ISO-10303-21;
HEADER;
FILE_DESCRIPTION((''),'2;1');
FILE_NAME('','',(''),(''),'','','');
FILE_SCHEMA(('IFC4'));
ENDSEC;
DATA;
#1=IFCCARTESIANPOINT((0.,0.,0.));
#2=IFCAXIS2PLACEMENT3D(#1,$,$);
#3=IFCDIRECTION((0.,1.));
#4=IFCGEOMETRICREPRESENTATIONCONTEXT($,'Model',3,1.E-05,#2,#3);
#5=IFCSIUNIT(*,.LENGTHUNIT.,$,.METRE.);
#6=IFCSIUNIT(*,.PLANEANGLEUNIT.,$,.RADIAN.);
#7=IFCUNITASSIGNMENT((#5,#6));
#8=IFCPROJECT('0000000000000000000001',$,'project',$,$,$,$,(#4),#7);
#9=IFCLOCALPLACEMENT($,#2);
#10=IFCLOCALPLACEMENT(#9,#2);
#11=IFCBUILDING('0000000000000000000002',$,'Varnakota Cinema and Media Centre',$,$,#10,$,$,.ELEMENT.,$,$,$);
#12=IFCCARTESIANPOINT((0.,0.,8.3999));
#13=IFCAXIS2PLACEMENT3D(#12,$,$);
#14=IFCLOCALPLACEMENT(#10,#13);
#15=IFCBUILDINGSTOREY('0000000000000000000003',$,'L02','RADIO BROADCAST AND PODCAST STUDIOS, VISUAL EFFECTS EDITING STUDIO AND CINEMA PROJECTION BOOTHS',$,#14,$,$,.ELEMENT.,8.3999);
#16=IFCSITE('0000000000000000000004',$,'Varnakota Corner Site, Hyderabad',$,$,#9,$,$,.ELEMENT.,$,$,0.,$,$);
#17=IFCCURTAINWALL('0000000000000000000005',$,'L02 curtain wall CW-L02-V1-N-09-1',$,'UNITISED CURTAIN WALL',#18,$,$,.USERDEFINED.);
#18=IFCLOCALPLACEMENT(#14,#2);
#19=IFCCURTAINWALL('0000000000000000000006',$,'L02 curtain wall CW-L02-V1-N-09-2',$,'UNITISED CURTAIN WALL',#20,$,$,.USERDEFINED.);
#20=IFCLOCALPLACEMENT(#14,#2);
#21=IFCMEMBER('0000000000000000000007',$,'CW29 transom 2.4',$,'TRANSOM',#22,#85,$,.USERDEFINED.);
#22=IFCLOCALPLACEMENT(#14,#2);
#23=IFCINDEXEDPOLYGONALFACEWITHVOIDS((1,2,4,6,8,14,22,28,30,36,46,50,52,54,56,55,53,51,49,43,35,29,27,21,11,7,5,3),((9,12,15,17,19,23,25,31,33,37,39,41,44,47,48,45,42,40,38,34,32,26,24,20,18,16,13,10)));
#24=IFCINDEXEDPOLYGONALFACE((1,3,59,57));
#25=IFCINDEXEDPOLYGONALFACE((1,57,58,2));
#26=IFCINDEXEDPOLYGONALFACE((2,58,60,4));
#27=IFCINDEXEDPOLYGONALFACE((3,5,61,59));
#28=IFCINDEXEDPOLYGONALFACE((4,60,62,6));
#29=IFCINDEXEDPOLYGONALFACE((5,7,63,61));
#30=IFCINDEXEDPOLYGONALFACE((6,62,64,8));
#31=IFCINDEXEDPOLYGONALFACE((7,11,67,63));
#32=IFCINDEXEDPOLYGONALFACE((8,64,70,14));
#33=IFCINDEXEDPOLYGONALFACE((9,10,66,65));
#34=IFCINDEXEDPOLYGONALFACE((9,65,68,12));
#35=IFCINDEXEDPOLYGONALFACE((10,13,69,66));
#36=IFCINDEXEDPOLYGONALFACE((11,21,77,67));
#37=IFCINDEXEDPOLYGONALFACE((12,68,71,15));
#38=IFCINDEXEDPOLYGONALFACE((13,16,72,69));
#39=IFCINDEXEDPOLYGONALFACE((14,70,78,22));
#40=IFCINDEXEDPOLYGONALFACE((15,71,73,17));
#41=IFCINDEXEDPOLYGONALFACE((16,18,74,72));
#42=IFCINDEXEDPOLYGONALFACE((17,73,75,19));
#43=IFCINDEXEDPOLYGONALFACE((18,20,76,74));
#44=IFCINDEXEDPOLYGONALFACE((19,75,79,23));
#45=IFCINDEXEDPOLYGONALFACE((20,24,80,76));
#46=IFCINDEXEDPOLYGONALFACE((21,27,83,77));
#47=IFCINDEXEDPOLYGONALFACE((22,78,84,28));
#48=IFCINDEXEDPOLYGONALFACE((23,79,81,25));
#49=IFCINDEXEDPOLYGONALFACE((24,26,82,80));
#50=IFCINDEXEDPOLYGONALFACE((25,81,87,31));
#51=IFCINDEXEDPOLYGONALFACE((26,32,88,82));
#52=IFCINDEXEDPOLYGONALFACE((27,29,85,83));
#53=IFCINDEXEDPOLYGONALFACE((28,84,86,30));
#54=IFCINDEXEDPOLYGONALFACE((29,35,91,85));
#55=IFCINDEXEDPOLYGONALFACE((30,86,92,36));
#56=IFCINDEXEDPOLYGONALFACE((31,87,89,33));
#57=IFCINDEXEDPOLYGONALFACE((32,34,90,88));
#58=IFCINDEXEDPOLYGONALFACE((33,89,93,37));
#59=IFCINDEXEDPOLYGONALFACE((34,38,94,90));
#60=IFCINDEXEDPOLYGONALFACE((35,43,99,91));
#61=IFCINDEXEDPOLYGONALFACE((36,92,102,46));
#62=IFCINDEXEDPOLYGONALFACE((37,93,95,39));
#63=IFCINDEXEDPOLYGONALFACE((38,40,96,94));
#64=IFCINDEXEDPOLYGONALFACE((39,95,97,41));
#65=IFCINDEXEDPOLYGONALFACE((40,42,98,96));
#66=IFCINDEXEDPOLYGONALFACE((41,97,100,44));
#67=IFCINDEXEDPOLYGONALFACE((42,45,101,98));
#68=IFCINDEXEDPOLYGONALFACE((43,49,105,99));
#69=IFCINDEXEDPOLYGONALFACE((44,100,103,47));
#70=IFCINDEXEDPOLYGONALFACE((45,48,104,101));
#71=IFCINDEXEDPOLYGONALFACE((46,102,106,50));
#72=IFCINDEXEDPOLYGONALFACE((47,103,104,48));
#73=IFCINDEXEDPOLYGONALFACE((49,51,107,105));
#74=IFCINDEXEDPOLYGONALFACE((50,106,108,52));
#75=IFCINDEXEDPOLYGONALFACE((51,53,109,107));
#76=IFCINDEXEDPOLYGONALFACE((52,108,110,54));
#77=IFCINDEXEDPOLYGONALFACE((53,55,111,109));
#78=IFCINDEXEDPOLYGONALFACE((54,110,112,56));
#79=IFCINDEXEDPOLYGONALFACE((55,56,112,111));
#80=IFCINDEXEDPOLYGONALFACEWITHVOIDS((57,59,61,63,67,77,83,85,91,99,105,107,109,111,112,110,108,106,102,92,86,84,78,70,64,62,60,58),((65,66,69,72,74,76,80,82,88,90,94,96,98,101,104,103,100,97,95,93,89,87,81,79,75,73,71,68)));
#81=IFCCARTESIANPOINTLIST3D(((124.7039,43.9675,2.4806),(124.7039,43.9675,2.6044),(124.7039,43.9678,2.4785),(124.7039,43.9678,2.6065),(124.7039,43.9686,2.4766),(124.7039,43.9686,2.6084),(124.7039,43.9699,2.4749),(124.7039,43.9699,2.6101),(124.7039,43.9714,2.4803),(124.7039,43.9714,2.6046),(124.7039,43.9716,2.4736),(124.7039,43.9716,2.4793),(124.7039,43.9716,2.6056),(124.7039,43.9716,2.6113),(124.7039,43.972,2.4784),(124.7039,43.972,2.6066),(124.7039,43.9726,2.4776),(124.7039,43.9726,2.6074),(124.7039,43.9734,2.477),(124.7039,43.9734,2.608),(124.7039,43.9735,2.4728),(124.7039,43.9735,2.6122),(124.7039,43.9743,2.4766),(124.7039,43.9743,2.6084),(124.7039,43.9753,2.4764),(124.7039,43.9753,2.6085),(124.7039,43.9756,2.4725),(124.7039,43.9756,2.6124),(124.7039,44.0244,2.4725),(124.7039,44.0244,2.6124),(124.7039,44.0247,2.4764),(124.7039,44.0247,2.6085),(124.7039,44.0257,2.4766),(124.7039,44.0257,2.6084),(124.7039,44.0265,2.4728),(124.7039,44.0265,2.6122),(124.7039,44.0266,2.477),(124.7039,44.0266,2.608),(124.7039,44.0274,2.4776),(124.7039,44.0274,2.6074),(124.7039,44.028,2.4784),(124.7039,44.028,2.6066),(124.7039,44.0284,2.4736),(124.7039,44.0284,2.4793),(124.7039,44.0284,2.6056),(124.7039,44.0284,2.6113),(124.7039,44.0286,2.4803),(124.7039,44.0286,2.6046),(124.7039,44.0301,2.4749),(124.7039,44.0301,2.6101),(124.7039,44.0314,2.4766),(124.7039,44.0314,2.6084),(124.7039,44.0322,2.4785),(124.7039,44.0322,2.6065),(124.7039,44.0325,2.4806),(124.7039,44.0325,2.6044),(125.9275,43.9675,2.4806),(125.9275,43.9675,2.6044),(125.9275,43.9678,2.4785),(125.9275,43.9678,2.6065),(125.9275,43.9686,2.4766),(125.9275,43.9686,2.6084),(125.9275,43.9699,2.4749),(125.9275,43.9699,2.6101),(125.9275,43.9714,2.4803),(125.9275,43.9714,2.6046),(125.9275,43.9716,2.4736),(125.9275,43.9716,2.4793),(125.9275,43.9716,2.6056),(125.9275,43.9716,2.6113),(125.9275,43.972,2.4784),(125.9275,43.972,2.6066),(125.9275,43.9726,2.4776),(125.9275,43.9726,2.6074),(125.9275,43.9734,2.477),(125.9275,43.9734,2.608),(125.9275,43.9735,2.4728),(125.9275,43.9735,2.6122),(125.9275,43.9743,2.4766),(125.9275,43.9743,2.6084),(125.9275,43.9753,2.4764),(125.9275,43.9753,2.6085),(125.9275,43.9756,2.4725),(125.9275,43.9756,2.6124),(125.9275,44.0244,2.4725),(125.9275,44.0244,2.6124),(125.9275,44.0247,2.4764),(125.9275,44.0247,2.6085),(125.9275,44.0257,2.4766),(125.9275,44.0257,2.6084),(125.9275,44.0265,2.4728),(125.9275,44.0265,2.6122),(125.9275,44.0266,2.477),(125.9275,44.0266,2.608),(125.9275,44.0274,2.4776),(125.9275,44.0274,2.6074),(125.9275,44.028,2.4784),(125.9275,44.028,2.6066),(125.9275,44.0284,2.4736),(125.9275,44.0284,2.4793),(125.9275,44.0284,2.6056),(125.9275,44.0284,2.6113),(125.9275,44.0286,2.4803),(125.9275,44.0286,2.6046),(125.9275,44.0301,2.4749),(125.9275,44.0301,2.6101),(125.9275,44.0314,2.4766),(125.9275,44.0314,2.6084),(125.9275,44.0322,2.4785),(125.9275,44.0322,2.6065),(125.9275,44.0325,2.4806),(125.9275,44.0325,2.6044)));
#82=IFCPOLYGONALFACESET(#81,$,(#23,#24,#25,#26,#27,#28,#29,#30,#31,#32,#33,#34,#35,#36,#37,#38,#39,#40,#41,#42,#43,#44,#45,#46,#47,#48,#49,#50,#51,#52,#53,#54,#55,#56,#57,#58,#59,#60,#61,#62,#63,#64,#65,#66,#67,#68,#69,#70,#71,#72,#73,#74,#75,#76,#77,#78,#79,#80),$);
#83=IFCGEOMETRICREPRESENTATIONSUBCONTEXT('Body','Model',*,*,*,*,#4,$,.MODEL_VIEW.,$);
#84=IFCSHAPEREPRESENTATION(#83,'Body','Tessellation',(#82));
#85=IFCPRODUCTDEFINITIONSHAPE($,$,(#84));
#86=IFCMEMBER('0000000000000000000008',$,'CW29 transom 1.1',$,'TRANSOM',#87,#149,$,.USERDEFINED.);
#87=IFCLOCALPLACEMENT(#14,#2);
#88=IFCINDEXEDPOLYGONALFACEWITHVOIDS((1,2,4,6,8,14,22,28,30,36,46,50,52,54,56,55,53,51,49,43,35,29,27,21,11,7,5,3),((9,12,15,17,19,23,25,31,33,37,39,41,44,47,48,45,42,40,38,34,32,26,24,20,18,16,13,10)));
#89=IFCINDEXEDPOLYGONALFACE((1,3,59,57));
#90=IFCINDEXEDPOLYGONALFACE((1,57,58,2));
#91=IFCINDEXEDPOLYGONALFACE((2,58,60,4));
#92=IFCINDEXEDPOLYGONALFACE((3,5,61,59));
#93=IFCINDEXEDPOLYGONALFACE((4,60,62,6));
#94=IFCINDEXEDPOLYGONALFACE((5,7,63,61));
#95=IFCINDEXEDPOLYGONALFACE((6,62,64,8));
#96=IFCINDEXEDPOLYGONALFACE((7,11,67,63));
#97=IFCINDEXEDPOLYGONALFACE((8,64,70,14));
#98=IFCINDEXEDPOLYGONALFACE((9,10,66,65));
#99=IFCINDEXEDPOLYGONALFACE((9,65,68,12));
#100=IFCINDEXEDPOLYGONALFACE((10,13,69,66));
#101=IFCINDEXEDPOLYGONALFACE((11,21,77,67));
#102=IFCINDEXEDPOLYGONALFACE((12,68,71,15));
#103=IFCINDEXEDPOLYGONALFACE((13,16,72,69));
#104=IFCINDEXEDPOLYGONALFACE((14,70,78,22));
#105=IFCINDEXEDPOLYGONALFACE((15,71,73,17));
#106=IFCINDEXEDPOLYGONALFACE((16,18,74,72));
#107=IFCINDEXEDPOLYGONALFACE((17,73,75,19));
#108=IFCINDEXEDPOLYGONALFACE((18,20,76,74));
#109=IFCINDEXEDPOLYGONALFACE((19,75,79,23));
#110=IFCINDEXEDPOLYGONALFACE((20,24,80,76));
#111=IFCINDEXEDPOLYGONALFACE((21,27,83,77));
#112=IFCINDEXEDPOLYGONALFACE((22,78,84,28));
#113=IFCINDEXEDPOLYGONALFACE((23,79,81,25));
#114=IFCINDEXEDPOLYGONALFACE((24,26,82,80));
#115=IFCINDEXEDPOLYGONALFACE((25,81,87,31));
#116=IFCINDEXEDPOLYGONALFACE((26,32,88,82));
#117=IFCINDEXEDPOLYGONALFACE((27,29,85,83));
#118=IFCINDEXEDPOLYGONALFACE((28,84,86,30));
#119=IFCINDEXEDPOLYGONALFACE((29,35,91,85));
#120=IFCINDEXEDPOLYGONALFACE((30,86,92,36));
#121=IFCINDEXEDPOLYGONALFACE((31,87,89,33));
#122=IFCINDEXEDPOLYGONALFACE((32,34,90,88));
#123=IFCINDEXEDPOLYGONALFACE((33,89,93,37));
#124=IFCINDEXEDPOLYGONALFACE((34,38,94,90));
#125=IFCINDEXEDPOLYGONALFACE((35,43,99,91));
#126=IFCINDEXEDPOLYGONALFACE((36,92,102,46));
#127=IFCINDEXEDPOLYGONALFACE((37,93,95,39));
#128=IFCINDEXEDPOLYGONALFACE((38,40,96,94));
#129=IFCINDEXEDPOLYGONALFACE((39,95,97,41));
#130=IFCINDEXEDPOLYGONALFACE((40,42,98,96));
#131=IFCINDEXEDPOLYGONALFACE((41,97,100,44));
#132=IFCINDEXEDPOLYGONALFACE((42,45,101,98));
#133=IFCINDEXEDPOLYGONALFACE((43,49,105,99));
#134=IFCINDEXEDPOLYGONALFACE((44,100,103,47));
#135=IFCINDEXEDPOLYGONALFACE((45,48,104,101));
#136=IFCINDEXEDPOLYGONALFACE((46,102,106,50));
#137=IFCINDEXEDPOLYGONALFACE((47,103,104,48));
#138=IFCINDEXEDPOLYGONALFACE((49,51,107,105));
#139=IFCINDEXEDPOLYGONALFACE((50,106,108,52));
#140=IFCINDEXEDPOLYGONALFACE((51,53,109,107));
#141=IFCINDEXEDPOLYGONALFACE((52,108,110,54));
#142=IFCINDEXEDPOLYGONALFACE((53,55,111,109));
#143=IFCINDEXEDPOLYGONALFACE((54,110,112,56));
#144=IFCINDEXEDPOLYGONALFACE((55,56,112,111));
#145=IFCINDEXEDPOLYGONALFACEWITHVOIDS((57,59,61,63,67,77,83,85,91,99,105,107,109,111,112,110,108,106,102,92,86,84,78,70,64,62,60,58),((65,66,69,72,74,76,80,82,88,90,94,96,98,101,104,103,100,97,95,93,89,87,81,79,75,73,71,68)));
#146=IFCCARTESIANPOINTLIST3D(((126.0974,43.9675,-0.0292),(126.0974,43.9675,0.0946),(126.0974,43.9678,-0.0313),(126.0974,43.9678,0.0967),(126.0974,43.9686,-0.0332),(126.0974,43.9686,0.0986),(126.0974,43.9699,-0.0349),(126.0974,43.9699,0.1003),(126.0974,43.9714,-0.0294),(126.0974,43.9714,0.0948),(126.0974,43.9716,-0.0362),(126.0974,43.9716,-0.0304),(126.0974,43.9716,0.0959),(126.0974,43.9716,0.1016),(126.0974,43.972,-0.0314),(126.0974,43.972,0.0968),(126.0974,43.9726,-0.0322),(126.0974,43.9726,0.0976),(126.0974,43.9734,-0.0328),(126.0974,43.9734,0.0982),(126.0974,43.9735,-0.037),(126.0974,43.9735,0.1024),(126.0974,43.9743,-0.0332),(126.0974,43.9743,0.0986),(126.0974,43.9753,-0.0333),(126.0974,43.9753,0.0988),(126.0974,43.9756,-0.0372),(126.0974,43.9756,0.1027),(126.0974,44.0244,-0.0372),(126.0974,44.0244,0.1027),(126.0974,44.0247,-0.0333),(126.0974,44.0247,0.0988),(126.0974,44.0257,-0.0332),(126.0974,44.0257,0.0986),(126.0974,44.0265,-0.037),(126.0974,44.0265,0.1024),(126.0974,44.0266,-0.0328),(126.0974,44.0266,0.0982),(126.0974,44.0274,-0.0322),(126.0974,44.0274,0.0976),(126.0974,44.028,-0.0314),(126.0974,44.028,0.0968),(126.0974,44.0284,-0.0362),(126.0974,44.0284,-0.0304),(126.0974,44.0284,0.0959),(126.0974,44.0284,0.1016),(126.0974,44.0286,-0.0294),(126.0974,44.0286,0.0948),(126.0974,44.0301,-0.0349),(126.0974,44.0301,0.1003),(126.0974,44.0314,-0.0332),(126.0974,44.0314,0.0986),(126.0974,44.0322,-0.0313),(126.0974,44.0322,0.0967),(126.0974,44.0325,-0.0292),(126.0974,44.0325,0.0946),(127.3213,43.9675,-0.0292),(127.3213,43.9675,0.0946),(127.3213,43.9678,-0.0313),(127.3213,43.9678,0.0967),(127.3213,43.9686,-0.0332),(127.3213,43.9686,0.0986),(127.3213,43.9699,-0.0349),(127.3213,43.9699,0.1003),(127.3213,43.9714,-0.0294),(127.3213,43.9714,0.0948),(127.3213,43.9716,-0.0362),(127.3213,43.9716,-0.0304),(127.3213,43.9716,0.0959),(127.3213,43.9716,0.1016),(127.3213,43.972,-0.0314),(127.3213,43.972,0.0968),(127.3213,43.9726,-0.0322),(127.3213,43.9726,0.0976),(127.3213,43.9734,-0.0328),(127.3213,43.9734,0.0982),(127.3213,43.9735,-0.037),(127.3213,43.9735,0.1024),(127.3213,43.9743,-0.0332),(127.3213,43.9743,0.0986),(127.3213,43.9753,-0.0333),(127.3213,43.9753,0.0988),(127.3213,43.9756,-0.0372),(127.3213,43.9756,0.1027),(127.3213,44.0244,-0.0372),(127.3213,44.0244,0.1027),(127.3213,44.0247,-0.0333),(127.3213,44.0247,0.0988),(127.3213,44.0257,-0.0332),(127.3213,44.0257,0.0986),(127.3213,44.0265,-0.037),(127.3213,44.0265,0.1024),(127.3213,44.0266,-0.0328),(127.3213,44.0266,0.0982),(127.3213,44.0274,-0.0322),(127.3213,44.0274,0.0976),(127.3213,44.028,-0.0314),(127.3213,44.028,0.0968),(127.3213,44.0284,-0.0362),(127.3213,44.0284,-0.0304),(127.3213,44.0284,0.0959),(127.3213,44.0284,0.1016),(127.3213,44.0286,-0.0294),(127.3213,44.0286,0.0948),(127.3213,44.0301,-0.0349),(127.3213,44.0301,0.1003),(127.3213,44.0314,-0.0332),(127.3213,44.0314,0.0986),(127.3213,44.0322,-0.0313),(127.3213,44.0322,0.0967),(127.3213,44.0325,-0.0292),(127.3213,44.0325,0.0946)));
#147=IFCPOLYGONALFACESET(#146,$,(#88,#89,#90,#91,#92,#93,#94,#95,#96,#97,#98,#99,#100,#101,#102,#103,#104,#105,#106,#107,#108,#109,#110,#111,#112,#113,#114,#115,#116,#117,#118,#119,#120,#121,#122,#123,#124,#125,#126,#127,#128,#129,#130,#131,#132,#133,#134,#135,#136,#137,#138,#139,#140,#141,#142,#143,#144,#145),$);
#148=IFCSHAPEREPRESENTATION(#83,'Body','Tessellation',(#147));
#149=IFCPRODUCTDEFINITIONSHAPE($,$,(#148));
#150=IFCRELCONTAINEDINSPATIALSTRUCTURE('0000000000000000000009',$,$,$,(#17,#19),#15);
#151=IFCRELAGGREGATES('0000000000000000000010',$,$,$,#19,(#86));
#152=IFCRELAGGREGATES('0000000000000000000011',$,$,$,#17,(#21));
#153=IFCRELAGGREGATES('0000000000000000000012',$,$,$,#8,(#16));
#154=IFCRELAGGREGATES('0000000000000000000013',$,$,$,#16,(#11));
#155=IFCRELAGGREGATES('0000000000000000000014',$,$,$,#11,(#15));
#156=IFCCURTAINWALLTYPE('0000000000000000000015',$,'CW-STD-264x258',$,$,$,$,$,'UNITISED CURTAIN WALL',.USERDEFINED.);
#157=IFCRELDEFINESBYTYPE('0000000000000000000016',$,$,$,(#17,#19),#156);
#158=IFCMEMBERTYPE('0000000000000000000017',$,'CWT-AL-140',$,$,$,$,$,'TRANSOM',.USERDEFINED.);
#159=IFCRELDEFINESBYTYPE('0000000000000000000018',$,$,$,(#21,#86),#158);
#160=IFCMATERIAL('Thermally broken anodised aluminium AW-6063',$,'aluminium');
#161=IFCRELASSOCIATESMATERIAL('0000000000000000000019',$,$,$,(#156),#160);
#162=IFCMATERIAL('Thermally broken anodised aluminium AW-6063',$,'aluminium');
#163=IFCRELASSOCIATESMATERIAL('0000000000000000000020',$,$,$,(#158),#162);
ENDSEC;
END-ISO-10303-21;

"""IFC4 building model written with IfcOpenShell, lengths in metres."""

from ifc_helpers import new_model, si_unit, direction, frame, origin, origin_2d, place, context, subcontext, project, spatial, hollow_rectangle, extrude, material, material_profile, profile_set, type_object, element, aggregate, save


model = new_model("IFC4")

# Units and contexts
model_context = context("Model", 3, precision=1e-05, world=origin(), true_north=direction((0.0, 1.0)))
body_context = subcontext(model_context, "Body", "Model", "MODEL_VIEW")
ifc_project = project(units=[si_unit("LENGTHUNIT", "METRE"), si_unit("PLANEANGLEUNIT", "RADIAN")], contexts=[model_context])

# Site, building, storey
site_placement = place(None, origin())
site = spatial("IfcSite", under=ifc_project, at=site_placement, Name="Varnakota Corner Site, Hyderabad", CompositionType="ELEMENT", RefElevation=0.0)
building_placement = place(site_placement, origin())
building = spatial("IfcBuilding", under=site, at=building_placement, Name="Varnakota Cinema and Media Centre", CompositionType="ELEMENT")
storey_placement = place(building_placement, frame((0.0, 0.0, 8.3999)))
storey = spatial("IfcBuildingStorey", under=building, at=storey_placement, Name="L02", Description="RADIO BROADCAST AND PODCAST STUDIOS, VISUAL EFFECTS EDITING STUDIO AND CINEMA PROJECTION BOOTHS", CompositionType="ELEMENT", Elevation=8.3999)

# Shared definitions
ifc_material_1 = material(Name="Thermally broken anodised aluminium AW-6063", Category="aluminium")
curtain_wall_type = type_object("IfcCurtainWallType", Name="CW-STD-264x258", ElementType="UNITISED CURTAIN WALL", PredefinedType="USERDEFINED", material=ifc_material_1)

# Curtain wall
curtain_wall_1_placement = place(storey_placement, origin())
curtain_wall_1 = element("IfcCurtainWall", 1, at=curtain_wall_1_placement, inside=storey, type_object=curtain_wall_type, Name="L02 curtain wall CW-L02-V1-N-09-1", ObjectType="UNITISED CURTAIN WALL", PredefinedType="USERDEFINED")

# Curtain wall
curtain_wall_2_placement = place(storey_placement, origin())
curtain_wall_2 = element("IfcCurtainWall", 2, at=curtain_wall_2_placement, inside=storey, type_object=curtain_wall_type, Name="L02 curtain wall CW-L02-V1-N-09-2", ObjectType="UNITISED CURTAIN WALL", PredefinedType="USERDEFINED")

# Members
ifc_material_2 = material(Name="Thermally broken anodised aluminium AW-6063", Category="aluminium")
ifc_material_profile_1 = material_profile(ifc_material_2, hollow_rectangle(XDim=0.0649, YDim=0.1399, WallThickness=0.0039, InnerFilletRadius=0.0039, OuterFilletRadius=0.0081, at=origin_2d()), Name="AL-TRANSOM 140x65x4")
ifc_profile_set_1 = profile_set([ifc_material_profile_1], Name="Thermally broken anodised aluminium AW-6063")
member_type_1 = type_object("IfcMemberType", Name="CWT-AL-140", ElementType="TRANSOM", PredefinedType="USERDEFINED", material=ifc_profile_set_1)
member_1_placement = place(storey_placement, frame((124.7039, 44.0, 2.5425), z_axis=(1.0, 0.0, 0.0), x_axis=(0.0, 1.0, 0.0)))
member_1 = element("IfcMember", 3, at=member_1_placement, type_object=member_type_1, Name="CW29 transom 2.4", ObjectType="TRANSOM", PredefinedType="USERDEFINED", context=body_context, shape_type="SweptSolid", body=[
    extrude(hollow_rectangle(XDim=0.0649, YDim=0.1399, WallThickness=0.0039, InnerFilletRadius=0.0039, OuterFilletRadius=0.0081, at=origin_2d()), origin(), (0.0, 0.0, 1.0), 1.2236),
])
member_2_placement = place(storey_placement, frame((126.0974, 44.0, 0.0327), z_axis=(1.0, 0.0, 0.0), x_axis=(0.0, 1.0, 0.0)))
member_2 = element("IfcMember", 4, at=member_2_placement, type_object=member_type_1, Name="CW29 transom 1.1", ObjectType="TRANSOM", PredefinedType="USERDEFINED", context=body_context, shape_type="SweptSolid", body=[
    extrude(hollow_rectangle(XDim=0.0649, YDim=0.1399, WallThickness=0.0039, InnerFilletRadius=0.0039, OuterFilletRadius=0.0081, at=origin_2d()), origin(), (0.0, 0.0, 1.0), 1.2239),
])
aggregate(curtain_wall_2, [member_2])

aggregate(curtain_wall_1, [member_1])

save(model, "model.ifc")
